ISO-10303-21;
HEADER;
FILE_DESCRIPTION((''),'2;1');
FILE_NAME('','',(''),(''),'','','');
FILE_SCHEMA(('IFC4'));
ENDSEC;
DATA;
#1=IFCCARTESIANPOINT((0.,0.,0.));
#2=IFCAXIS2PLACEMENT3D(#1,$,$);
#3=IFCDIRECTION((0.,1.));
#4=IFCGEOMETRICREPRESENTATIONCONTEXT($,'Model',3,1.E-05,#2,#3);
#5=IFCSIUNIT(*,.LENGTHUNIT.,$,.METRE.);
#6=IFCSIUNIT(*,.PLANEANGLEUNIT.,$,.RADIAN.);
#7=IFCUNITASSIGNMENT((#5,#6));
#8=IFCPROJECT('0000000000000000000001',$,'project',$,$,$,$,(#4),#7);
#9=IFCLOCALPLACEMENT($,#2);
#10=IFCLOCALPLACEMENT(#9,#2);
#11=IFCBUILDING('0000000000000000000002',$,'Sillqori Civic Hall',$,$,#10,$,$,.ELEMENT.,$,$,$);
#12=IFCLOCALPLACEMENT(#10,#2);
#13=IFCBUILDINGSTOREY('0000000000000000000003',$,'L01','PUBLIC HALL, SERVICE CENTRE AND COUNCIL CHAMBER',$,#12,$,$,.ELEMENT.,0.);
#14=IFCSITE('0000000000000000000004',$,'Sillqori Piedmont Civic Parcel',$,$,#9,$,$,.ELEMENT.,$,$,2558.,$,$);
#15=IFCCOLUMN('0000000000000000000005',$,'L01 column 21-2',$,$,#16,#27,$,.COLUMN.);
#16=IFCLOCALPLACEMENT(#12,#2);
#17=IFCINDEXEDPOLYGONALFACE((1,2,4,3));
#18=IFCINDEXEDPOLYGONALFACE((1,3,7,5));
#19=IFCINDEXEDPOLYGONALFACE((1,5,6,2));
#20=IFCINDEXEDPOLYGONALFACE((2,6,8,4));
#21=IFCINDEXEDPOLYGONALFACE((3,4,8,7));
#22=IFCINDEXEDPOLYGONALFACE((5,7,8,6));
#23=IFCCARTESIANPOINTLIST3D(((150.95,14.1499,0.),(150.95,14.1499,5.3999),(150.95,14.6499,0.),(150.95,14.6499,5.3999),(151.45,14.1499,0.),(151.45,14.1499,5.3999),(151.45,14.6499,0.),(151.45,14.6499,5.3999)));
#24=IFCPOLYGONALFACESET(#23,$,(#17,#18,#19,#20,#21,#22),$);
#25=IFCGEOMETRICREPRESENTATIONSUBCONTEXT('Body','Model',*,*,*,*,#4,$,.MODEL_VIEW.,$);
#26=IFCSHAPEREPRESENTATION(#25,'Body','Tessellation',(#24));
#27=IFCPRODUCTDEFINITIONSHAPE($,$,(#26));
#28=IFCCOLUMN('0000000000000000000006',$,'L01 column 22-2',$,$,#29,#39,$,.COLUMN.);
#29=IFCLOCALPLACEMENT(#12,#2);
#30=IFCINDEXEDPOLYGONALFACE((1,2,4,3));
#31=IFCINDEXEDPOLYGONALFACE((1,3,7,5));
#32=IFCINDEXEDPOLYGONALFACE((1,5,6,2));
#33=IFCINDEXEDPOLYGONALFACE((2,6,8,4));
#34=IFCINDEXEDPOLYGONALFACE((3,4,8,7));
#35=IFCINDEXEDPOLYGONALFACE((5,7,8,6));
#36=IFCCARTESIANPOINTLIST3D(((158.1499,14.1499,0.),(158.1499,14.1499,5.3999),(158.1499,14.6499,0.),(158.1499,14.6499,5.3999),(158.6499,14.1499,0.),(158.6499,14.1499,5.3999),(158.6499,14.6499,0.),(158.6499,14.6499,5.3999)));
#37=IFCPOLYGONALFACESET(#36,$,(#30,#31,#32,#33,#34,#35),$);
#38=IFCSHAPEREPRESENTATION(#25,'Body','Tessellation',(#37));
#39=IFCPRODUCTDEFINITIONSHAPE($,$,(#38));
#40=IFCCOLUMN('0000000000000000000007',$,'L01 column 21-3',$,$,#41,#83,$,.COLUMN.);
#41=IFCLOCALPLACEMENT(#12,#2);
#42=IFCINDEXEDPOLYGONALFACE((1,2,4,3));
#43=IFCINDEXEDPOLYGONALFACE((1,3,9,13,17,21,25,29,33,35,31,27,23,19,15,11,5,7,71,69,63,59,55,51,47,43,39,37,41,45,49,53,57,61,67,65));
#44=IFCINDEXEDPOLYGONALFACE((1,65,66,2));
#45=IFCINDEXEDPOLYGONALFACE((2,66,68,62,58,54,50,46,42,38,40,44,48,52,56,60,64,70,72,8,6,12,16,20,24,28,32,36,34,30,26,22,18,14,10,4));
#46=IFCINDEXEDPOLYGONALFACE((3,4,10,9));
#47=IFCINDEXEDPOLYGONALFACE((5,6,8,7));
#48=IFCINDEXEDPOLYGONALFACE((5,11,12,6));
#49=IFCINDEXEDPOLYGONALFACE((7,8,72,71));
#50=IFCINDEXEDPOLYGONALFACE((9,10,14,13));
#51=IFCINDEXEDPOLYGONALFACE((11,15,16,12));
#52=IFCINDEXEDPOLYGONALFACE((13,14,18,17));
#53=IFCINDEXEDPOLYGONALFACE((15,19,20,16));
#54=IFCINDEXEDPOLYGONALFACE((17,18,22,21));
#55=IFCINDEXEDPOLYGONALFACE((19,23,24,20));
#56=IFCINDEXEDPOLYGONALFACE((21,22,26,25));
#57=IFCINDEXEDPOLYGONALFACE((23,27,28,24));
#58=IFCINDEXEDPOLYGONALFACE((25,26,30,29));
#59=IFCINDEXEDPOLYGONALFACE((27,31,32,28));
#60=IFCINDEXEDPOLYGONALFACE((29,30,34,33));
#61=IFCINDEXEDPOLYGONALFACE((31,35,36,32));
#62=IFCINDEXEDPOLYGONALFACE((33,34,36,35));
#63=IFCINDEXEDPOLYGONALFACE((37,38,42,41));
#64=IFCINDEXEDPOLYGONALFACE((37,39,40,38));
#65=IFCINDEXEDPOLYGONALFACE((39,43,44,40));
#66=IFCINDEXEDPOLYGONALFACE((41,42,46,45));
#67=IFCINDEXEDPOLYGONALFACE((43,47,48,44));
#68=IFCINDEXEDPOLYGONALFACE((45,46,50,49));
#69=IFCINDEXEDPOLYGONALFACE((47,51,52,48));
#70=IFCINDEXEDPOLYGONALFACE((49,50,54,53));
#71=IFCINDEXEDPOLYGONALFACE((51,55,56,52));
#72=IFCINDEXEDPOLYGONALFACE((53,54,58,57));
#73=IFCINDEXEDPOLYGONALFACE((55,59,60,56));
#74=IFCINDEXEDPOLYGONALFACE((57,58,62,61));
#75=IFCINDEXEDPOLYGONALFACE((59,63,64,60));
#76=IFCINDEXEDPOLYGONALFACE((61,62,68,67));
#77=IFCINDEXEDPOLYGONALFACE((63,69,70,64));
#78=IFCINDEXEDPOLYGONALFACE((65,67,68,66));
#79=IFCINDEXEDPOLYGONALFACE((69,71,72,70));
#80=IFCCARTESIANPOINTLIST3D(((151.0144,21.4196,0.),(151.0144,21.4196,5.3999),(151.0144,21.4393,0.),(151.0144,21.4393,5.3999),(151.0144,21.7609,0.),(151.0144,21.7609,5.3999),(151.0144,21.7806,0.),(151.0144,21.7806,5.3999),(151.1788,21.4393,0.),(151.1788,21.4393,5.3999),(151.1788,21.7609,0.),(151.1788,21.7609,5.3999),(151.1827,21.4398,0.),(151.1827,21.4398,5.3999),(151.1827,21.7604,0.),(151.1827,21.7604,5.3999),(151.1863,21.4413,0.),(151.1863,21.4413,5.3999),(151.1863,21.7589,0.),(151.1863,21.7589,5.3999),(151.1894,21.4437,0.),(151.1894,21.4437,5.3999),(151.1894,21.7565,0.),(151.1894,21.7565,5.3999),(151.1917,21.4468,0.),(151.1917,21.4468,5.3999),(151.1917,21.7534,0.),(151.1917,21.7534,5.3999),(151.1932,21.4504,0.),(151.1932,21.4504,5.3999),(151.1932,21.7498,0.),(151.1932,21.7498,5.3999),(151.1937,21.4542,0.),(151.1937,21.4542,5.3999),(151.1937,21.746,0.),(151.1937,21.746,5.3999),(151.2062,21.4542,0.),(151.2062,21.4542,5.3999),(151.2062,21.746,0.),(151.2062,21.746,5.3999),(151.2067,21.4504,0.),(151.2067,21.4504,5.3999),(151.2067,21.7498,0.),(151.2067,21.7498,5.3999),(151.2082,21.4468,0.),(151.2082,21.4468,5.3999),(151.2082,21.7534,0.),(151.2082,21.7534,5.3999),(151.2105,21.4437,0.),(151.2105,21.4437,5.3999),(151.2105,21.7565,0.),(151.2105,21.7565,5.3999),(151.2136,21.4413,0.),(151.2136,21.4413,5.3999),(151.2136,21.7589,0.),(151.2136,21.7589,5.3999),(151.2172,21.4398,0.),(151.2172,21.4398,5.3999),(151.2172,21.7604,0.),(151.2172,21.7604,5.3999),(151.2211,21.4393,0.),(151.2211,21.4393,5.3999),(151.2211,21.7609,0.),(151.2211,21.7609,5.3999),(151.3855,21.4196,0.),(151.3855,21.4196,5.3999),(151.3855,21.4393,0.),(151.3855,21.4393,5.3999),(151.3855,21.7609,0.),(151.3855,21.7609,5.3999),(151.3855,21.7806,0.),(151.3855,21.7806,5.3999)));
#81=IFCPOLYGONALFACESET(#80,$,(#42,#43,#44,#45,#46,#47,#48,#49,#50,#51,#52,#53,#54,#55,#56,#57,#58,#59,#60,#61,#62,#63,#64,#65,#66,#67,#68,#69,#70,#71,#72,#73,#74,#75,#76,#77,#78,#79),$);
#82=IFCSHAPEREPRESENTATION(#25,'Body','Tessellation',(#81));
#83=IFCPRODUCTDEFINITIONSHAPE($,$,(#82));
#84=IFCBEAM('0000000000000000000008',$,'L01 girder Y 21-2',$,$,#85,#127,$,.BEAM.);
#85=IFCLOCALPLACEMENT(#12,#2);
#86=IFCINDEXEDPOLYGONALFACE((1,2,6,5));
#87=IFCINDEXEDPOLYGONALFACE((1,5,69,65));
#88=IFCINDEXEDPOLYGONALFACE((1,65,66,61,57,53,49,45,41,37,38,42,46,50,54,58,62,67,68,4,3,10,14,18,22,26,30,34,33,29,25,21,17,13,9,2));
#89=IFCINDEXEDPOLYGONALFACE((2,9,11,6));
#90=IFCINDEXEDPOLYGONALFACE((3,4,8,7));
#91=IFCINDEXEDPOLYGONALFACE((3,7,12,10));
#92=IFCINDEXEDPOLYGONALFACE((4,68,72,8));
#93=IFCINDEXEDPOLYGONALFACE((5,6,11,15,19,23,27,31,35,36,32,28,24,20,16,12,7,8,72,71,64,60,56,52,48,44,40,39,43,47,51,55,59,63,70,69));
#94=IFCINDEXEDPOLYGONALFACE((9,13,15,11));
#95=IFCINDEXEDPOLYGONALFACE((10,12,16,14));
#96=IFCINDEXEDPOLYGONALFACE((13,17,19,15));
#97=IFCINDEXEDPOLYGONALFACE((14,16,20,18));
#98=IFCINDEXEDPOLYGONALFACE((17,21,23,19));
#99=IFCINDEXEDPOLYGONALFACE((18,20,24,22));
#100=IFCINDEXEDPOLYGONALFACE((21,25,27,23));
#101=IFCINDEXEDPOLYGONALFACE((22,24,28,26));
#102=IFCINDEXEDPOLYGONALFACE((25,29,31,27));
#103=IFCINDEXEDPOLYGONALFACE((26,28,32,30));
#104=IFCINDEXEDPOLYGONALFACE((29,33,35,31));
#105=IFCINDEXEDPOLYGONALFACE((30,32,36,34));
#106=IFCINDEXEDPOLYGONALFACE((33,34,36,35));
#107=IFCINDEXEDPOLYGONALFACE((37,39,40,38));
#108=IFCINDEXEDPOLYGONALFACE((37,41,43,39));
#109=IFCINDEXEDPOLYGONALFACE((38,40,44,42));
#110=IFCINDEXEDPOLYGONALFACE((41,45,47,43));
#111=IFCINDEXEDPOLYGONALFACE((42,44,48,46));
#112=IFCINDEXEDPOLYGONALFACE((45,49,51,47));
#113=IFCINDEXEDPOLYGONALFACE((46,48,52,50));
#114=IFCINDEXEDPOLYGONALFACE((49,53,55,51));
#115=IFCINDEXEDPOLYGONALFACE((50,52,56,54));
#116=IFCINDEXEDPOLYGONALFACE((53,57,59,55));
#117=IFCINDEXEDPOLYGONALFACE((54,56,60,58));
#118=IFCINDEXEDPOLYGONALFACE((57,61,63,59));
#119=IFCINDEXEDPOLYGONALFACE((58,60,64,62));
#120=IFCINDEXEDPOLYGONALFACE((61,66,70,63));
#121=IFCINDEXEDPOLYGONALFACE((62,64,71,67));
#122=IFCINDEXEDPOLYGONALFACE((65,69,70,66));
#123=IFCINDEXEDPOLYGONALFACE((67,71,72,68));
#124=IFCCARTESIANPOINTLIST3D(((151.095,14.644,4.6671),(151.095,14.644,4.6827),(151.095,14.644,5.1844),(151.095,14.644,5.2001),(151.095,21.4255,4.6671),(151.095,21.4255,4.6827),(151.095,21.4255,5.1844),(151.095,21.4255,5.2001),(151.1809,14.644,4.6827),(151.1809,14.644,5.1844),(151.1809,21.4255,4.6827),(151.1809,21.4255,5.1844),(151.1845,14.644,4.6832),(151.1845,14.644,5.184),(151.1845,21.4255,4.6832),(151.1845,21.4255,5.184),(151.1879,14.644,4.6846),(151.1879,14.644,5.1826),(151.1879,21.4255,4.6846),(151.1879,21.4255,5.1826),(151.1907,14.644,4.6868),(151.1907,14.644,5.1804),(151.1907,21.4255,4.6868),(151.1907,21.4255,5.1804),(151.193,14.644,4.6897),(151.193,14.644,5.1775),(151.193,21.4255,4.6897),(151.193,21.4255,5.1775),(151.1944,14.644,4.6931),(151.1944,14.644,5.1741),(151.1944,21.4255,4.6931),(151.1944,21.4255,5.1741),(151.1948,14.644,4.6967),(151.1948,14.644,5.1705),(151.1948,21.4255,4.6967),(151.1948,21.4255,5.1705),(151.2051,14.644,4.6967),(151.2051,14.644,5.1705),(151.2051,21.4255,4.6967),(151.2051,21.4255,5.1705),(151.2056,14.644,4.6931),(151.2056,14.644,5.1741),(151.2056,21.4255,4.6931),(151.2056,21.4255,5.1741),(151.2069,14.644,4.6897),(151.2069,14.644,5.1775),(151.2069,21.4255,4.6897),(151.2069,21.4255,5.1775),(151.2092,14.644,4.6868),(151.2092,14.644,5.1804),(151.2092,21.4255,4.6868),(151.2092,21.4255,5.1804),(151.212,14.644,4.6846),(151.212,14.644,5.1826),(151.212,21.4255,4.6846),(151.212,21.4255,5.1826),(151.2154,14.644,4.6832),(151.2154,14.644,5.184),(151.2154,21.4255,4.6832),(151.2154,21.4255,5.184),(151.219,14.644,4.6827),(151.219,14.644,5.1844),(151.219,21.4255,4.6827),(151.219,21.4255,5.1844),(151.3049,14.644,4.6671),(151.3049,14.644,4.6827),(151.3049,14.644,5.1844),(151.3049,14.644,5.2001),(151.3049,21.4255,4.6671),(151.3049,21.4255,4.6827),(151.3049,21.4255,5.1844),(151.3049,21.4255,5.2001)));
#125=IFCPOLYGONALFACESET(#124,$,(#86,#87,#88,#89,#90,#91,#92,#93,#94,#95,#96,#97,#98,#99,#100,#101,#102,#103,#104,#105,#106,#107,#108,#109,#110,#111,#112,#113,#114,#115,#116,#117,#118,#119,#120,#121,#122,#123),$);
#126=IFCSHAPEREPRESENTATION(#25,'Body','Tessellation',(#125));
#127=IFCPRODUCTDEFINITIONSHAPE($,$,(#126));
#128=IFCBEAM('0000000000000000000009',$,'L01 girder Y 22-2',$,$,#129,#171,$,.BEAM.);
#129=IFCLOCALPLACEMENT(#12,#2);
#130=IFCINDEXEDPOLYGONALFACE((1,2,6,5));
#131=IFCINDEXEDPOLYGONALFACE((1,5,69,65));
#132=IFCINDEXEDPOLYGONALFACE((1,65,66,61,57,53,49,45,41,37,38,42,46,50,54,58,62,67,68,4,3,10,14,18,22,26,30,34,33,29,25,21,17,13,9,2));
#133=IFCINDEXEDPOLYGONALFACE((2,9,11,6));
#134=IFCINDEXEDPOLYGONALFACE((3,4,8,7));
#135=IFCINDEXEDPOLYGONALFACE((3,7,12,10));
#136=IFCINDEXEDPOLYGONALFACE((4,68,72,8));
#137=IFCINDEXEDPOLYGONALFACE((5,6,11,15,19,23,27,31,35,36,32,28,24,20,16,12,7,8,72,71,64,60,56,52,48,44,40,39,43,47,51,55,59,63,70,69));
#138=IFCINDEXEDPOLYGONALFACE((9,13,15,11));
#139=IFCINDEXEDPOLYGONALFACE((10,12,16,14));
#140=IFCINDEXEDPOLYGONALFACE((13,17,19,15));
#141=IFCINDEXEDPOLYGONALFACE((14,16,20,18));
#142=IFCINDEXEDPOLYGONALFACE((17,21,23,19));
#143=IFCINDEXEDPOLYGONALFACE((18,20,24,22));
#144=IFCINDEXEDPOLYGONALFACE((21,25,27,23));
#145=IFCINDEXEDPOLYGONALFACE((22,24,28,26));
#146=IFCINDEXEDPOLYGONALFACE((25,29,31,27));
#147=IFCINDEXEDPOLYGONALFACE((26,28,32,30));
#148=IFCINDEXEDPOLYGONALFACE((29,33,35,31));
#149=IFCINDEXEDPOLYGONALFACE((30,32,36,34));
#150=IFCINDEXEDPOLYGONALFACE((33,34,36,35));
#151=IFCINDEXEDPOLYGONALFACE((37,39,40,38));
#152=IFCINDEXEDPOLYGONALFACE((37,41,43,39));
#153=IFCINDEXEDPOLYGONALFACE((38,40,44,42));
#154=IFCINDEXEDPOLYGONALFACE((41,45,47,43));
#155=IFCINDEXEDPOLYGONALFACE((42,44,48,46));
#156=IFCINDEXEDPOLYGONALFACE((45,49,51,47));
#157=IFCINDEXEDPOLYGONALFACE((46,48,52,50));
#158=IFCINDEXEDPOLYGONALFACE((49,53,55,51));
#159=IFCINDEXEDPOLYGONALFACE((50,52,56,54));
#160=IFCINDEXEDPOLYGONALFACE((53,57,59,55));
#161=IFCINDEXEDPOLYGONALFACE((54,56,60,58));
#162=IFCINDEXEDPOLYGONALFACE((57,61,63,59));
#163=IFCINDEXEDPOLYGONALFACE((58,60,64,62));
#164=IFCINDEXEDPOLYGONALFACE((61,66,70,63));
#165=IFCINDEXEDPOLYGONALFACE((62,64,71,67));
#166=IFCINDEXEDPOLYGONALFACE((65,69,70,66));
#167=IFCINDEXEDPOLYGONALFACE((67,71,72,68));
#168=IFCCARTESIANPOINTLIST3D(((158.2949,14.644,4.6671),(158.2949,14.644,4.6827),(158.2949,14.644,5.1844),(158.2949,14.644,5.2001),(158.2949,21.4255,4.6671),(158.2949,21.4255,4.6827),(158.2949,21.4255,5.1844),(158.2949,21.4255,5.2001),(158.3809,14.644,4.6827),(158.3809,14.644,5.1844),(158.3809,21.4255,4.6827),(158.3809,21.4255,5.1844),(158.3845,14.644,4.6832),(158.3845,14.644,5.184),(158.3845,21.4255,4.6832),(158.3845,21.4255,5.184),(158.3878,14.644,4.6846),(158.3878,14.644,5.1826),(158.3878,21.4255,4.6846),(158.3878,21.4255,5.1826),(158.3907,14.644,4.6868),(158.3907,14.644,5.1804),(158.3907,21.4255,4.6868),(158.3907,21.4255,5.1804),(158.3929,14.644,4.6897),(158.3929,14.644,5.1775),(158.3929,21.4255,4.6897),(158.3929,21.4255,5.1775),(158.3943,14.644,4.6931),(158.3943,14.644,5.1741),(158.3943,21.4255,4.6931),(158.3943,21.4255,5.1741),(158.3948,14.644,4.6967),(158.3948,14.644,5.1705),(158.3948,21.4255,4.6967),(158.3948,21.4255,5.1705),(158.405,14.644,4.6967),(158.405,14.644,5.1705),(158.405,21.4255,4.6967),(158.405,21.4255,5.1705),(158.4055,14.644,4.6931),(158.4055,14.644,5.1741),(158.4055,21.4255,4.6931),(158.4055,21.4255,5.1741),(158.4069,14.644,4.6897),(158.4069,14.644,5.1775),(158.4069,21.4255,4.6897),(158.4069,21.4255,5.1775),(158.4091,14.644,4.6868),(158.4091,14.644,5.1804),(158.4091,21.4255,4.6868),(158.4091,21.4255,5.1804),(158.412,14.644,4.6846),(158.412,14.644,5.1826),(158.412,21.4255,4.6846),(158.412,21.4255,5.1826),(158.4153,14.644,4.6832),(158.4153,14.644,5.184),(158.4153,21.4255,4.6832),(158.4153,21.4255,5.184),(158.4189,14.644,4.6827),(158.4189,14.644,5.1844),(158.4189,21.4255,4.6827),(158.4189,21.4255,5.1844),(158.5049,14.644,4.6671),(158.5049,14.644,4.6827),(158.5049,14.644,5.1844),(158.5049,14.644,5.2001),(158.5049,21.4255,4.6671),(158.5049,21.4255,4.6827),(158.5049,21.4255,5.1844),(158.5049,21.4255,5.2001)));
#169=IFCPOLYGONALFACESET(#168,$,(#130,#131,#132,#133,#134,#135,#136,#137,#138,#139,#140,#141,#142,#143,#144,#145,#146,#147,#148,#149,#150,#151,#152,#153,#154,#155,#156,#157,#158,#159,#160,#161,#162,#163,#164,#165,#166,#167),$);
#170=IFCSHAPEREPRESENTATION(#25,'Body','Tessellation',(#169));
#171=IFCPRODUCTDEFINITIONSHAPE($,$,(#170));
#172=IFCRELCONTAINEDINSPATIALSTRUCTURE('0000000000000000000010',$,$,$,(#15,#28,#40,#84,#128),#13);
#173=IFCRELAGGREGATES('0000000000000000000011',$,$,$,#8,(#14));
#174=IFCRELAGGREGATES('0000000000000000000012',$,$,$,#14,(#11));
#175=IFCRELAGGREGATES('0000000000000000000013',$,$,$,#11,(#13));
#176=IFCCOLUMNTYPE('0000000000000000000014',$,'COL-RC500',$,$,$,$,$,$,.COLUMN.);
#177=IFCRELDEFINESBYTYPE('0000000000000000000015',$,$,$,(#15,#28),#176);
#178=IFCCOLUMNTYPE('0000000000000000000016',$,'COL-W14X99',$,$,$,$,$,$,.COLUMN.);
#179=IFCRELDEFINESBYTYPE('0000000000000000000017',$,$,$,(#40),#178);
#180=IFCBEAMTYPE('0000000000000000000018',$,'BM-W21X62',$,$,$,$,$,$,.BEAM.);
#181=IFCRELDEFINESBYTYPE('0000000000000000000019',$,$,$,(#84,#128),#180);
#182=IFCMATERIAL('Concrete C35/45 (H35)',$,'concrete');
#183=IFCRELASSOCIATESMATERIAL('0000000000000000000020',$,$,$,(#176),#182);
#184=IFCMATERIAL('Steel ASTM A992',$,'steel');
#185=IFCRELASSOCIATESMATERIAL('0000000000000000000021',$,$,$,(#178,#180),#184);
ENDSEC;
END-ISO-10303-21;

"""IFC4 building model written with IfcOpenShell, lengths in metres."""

from ifc_helpers import new_model, si_unit, direction, frame, origin, origin_2d, place, context, subcontext, project, spatial, rectangle, i_section, extrude, material, material_profile, profile_set, type_object, element, save


model = new_model("IFC4")

# Units and contexts
model_context = context("Model", 3, precision=1e-05, world=origin(), true_north=direction((0.0, 1.0)))
body_context = subcontext(model_context, "Body", "Model", "MODEL_VIEW")
ifc_project = project(units=[si_unit("LENGTHUNIT", "METRE"), si_unit("PLANEANGLEUNIT", "RADIAN")], contexts=[model_context])

# Site, building, storey
site_placement = place(None, origin())
site = spatial("IfcSite", under=ifc_project, at=site_placement, Name="Sillqori Piedmont Civic Parcel", CompositionType="ELEMENT", RefElevation=2558.0)
building_placement = place(site_placement, origin())
building = spatial("IfcBuilding", under=site, at=building_placement, Name="Sillqori Civic Hall", CompositionType="ELEMENT")
storey_placement = place(building_placement, origin())
storey = spatial("IfcBuildingStorey", under=building, at=storey_placement, Name="L01", Description="PUBLIC HALL, SERVICE CENTRE AND COUNCIL CHAMBER", CompositionType="ELEMENT", Elevation=0.0)

# Columns
ifc_material_1 = material(Name="Concrete C35/45 (H35)", Category="concrete")
ifc_material_profile_1 = material_profile(ifc_material_1, rectangle(XDim=0.5, YDim=0.5, at=origin_2d()), Name="RC 500x500")
ifc_profile_set_1 = profile_set([ifc_material_profile_1], Name="Concrete C35/45 (H35)")
column_type_1 = type_object("IfcColumnType", Name="COL-RC500", PredefinedType="COLUMN", material=ifc_profile_set_1)
for number, where, z_axis, x_axis, name in (
    (1, (151.2, 14.3999, 0.0), (0.0, 0.0, 1.0), (1.0, 0.0, 0.0), "L01 column 21-2"),
    (2, (158.3999, 14.3999, 0.0), (0.0, 0.0, 1.0), (1.0, 0.0, 0.0), "L01 column 22-2"),
):
    element("IfcColumn", number, at=place(storey_placement, frame(where, z_axis=z_axis, x_axis=x_axis)), inside=storey, type_object=column_type_1, Name=name, PredefinedType="COLUMN", context=body_context, shape_type="SweptSolid", body=[
        extrude(rectangle(XDim=0.5, YDim=0.5, at=origin_2d()), origin(), (0.0, 0.0, 1.0), 5.3999),
    ])
ifc_material_2 = material(Name="Steel ASTM A992", Category="steel")
ifc_material_profile_2 = material_profile(ifc_material_2, i_section(OverallWidth=0.3711, OverallDepth=0.3611, WebThickness=0.0125, FlangeThickness=0.0198, FilletRadius=0.0149, at=origin_2d()), Name="W14X99")
ifc_profile_set_2 = profile_set([ifc_material_profile_2], Name="Steel ASTM A992")
column_type_2 = type_object("IfcColumnType", Name="COL-W14X99", PredefinedType="COLUMN", material=ifc_profile_set_2)
column_placement = place(storey_placement, frame((151.2, 21.6001, 0.0), z_axis=(0.0, 0.0, 1.0), x_axis=(1.0, 0.0, 0.0)))
element("IfcColumn", 3, at=column_placement, inside=storey, type_object=column_type_2, Name="L01 column 21-3", PredefinedType="COLUMN", context=body_context, shape_type="SweptSolid", body=[
    extrude(i_section(OverallWidth=0.3711, OverallDepth=0.3611, WebThickness=0.0125, FlangeThickness=0.0198, FilletRadius=0.0149, at=origin_2d()), origin(), (0.0, 0.0, 1.0), 5.3999),
])

# Beams
ifc_material_profile_3 = material_profile(ifc_material_2, i_section(OverallWidth=0.21, OverallDepth=0.533, WebThickness=0.0103, FlangeThickness=0.0156, FilletRadius=0.0139, at=origin_2d()), Name="W21X62")
ifc_profile_set_3 = profile_set([ifc_material_profile_3], Name="Steel ASTM A992")
beam_type_1 = type_object("IfcBeamType", Name="BM-W21X62", PredefinedType="BEAM", material=ifc_profile_set_3)
for number, where, z_axis, x_axis, name in (
    (4, (151.2, 14.644, 4.9336), (0.0, 1.0, 0.0), (-1.0, 0.0, 0.0), "L01 girder Y 21-2"),
    (5, (158.3999, 14.644, 4.9336), (0.0, 1.0, 0.0), (-1.0, 0.0, 0.0), "L01 girder Y 22-2"),
):
    element("IfcBeam", number, at=place(storey_placement, frame(where, z_axis=z_axis, x_axis=x_axis)), inside=storey, type_object=beam_type_1, Name=name, PredefinedType="BEAM", context=body_context, shape_type="SweptSolid", body=[
        extrude(i_section(OverallWidth=0.21, OverallDepth=0.533, WebThickness=0.0103, FlangeThickness=0.0156, FilletRadius=0.0139, at=origin_2d()), origin(), (0.0, 0.0, 1.0), 6.7815),
    ])

save(model, "model.ifc")
